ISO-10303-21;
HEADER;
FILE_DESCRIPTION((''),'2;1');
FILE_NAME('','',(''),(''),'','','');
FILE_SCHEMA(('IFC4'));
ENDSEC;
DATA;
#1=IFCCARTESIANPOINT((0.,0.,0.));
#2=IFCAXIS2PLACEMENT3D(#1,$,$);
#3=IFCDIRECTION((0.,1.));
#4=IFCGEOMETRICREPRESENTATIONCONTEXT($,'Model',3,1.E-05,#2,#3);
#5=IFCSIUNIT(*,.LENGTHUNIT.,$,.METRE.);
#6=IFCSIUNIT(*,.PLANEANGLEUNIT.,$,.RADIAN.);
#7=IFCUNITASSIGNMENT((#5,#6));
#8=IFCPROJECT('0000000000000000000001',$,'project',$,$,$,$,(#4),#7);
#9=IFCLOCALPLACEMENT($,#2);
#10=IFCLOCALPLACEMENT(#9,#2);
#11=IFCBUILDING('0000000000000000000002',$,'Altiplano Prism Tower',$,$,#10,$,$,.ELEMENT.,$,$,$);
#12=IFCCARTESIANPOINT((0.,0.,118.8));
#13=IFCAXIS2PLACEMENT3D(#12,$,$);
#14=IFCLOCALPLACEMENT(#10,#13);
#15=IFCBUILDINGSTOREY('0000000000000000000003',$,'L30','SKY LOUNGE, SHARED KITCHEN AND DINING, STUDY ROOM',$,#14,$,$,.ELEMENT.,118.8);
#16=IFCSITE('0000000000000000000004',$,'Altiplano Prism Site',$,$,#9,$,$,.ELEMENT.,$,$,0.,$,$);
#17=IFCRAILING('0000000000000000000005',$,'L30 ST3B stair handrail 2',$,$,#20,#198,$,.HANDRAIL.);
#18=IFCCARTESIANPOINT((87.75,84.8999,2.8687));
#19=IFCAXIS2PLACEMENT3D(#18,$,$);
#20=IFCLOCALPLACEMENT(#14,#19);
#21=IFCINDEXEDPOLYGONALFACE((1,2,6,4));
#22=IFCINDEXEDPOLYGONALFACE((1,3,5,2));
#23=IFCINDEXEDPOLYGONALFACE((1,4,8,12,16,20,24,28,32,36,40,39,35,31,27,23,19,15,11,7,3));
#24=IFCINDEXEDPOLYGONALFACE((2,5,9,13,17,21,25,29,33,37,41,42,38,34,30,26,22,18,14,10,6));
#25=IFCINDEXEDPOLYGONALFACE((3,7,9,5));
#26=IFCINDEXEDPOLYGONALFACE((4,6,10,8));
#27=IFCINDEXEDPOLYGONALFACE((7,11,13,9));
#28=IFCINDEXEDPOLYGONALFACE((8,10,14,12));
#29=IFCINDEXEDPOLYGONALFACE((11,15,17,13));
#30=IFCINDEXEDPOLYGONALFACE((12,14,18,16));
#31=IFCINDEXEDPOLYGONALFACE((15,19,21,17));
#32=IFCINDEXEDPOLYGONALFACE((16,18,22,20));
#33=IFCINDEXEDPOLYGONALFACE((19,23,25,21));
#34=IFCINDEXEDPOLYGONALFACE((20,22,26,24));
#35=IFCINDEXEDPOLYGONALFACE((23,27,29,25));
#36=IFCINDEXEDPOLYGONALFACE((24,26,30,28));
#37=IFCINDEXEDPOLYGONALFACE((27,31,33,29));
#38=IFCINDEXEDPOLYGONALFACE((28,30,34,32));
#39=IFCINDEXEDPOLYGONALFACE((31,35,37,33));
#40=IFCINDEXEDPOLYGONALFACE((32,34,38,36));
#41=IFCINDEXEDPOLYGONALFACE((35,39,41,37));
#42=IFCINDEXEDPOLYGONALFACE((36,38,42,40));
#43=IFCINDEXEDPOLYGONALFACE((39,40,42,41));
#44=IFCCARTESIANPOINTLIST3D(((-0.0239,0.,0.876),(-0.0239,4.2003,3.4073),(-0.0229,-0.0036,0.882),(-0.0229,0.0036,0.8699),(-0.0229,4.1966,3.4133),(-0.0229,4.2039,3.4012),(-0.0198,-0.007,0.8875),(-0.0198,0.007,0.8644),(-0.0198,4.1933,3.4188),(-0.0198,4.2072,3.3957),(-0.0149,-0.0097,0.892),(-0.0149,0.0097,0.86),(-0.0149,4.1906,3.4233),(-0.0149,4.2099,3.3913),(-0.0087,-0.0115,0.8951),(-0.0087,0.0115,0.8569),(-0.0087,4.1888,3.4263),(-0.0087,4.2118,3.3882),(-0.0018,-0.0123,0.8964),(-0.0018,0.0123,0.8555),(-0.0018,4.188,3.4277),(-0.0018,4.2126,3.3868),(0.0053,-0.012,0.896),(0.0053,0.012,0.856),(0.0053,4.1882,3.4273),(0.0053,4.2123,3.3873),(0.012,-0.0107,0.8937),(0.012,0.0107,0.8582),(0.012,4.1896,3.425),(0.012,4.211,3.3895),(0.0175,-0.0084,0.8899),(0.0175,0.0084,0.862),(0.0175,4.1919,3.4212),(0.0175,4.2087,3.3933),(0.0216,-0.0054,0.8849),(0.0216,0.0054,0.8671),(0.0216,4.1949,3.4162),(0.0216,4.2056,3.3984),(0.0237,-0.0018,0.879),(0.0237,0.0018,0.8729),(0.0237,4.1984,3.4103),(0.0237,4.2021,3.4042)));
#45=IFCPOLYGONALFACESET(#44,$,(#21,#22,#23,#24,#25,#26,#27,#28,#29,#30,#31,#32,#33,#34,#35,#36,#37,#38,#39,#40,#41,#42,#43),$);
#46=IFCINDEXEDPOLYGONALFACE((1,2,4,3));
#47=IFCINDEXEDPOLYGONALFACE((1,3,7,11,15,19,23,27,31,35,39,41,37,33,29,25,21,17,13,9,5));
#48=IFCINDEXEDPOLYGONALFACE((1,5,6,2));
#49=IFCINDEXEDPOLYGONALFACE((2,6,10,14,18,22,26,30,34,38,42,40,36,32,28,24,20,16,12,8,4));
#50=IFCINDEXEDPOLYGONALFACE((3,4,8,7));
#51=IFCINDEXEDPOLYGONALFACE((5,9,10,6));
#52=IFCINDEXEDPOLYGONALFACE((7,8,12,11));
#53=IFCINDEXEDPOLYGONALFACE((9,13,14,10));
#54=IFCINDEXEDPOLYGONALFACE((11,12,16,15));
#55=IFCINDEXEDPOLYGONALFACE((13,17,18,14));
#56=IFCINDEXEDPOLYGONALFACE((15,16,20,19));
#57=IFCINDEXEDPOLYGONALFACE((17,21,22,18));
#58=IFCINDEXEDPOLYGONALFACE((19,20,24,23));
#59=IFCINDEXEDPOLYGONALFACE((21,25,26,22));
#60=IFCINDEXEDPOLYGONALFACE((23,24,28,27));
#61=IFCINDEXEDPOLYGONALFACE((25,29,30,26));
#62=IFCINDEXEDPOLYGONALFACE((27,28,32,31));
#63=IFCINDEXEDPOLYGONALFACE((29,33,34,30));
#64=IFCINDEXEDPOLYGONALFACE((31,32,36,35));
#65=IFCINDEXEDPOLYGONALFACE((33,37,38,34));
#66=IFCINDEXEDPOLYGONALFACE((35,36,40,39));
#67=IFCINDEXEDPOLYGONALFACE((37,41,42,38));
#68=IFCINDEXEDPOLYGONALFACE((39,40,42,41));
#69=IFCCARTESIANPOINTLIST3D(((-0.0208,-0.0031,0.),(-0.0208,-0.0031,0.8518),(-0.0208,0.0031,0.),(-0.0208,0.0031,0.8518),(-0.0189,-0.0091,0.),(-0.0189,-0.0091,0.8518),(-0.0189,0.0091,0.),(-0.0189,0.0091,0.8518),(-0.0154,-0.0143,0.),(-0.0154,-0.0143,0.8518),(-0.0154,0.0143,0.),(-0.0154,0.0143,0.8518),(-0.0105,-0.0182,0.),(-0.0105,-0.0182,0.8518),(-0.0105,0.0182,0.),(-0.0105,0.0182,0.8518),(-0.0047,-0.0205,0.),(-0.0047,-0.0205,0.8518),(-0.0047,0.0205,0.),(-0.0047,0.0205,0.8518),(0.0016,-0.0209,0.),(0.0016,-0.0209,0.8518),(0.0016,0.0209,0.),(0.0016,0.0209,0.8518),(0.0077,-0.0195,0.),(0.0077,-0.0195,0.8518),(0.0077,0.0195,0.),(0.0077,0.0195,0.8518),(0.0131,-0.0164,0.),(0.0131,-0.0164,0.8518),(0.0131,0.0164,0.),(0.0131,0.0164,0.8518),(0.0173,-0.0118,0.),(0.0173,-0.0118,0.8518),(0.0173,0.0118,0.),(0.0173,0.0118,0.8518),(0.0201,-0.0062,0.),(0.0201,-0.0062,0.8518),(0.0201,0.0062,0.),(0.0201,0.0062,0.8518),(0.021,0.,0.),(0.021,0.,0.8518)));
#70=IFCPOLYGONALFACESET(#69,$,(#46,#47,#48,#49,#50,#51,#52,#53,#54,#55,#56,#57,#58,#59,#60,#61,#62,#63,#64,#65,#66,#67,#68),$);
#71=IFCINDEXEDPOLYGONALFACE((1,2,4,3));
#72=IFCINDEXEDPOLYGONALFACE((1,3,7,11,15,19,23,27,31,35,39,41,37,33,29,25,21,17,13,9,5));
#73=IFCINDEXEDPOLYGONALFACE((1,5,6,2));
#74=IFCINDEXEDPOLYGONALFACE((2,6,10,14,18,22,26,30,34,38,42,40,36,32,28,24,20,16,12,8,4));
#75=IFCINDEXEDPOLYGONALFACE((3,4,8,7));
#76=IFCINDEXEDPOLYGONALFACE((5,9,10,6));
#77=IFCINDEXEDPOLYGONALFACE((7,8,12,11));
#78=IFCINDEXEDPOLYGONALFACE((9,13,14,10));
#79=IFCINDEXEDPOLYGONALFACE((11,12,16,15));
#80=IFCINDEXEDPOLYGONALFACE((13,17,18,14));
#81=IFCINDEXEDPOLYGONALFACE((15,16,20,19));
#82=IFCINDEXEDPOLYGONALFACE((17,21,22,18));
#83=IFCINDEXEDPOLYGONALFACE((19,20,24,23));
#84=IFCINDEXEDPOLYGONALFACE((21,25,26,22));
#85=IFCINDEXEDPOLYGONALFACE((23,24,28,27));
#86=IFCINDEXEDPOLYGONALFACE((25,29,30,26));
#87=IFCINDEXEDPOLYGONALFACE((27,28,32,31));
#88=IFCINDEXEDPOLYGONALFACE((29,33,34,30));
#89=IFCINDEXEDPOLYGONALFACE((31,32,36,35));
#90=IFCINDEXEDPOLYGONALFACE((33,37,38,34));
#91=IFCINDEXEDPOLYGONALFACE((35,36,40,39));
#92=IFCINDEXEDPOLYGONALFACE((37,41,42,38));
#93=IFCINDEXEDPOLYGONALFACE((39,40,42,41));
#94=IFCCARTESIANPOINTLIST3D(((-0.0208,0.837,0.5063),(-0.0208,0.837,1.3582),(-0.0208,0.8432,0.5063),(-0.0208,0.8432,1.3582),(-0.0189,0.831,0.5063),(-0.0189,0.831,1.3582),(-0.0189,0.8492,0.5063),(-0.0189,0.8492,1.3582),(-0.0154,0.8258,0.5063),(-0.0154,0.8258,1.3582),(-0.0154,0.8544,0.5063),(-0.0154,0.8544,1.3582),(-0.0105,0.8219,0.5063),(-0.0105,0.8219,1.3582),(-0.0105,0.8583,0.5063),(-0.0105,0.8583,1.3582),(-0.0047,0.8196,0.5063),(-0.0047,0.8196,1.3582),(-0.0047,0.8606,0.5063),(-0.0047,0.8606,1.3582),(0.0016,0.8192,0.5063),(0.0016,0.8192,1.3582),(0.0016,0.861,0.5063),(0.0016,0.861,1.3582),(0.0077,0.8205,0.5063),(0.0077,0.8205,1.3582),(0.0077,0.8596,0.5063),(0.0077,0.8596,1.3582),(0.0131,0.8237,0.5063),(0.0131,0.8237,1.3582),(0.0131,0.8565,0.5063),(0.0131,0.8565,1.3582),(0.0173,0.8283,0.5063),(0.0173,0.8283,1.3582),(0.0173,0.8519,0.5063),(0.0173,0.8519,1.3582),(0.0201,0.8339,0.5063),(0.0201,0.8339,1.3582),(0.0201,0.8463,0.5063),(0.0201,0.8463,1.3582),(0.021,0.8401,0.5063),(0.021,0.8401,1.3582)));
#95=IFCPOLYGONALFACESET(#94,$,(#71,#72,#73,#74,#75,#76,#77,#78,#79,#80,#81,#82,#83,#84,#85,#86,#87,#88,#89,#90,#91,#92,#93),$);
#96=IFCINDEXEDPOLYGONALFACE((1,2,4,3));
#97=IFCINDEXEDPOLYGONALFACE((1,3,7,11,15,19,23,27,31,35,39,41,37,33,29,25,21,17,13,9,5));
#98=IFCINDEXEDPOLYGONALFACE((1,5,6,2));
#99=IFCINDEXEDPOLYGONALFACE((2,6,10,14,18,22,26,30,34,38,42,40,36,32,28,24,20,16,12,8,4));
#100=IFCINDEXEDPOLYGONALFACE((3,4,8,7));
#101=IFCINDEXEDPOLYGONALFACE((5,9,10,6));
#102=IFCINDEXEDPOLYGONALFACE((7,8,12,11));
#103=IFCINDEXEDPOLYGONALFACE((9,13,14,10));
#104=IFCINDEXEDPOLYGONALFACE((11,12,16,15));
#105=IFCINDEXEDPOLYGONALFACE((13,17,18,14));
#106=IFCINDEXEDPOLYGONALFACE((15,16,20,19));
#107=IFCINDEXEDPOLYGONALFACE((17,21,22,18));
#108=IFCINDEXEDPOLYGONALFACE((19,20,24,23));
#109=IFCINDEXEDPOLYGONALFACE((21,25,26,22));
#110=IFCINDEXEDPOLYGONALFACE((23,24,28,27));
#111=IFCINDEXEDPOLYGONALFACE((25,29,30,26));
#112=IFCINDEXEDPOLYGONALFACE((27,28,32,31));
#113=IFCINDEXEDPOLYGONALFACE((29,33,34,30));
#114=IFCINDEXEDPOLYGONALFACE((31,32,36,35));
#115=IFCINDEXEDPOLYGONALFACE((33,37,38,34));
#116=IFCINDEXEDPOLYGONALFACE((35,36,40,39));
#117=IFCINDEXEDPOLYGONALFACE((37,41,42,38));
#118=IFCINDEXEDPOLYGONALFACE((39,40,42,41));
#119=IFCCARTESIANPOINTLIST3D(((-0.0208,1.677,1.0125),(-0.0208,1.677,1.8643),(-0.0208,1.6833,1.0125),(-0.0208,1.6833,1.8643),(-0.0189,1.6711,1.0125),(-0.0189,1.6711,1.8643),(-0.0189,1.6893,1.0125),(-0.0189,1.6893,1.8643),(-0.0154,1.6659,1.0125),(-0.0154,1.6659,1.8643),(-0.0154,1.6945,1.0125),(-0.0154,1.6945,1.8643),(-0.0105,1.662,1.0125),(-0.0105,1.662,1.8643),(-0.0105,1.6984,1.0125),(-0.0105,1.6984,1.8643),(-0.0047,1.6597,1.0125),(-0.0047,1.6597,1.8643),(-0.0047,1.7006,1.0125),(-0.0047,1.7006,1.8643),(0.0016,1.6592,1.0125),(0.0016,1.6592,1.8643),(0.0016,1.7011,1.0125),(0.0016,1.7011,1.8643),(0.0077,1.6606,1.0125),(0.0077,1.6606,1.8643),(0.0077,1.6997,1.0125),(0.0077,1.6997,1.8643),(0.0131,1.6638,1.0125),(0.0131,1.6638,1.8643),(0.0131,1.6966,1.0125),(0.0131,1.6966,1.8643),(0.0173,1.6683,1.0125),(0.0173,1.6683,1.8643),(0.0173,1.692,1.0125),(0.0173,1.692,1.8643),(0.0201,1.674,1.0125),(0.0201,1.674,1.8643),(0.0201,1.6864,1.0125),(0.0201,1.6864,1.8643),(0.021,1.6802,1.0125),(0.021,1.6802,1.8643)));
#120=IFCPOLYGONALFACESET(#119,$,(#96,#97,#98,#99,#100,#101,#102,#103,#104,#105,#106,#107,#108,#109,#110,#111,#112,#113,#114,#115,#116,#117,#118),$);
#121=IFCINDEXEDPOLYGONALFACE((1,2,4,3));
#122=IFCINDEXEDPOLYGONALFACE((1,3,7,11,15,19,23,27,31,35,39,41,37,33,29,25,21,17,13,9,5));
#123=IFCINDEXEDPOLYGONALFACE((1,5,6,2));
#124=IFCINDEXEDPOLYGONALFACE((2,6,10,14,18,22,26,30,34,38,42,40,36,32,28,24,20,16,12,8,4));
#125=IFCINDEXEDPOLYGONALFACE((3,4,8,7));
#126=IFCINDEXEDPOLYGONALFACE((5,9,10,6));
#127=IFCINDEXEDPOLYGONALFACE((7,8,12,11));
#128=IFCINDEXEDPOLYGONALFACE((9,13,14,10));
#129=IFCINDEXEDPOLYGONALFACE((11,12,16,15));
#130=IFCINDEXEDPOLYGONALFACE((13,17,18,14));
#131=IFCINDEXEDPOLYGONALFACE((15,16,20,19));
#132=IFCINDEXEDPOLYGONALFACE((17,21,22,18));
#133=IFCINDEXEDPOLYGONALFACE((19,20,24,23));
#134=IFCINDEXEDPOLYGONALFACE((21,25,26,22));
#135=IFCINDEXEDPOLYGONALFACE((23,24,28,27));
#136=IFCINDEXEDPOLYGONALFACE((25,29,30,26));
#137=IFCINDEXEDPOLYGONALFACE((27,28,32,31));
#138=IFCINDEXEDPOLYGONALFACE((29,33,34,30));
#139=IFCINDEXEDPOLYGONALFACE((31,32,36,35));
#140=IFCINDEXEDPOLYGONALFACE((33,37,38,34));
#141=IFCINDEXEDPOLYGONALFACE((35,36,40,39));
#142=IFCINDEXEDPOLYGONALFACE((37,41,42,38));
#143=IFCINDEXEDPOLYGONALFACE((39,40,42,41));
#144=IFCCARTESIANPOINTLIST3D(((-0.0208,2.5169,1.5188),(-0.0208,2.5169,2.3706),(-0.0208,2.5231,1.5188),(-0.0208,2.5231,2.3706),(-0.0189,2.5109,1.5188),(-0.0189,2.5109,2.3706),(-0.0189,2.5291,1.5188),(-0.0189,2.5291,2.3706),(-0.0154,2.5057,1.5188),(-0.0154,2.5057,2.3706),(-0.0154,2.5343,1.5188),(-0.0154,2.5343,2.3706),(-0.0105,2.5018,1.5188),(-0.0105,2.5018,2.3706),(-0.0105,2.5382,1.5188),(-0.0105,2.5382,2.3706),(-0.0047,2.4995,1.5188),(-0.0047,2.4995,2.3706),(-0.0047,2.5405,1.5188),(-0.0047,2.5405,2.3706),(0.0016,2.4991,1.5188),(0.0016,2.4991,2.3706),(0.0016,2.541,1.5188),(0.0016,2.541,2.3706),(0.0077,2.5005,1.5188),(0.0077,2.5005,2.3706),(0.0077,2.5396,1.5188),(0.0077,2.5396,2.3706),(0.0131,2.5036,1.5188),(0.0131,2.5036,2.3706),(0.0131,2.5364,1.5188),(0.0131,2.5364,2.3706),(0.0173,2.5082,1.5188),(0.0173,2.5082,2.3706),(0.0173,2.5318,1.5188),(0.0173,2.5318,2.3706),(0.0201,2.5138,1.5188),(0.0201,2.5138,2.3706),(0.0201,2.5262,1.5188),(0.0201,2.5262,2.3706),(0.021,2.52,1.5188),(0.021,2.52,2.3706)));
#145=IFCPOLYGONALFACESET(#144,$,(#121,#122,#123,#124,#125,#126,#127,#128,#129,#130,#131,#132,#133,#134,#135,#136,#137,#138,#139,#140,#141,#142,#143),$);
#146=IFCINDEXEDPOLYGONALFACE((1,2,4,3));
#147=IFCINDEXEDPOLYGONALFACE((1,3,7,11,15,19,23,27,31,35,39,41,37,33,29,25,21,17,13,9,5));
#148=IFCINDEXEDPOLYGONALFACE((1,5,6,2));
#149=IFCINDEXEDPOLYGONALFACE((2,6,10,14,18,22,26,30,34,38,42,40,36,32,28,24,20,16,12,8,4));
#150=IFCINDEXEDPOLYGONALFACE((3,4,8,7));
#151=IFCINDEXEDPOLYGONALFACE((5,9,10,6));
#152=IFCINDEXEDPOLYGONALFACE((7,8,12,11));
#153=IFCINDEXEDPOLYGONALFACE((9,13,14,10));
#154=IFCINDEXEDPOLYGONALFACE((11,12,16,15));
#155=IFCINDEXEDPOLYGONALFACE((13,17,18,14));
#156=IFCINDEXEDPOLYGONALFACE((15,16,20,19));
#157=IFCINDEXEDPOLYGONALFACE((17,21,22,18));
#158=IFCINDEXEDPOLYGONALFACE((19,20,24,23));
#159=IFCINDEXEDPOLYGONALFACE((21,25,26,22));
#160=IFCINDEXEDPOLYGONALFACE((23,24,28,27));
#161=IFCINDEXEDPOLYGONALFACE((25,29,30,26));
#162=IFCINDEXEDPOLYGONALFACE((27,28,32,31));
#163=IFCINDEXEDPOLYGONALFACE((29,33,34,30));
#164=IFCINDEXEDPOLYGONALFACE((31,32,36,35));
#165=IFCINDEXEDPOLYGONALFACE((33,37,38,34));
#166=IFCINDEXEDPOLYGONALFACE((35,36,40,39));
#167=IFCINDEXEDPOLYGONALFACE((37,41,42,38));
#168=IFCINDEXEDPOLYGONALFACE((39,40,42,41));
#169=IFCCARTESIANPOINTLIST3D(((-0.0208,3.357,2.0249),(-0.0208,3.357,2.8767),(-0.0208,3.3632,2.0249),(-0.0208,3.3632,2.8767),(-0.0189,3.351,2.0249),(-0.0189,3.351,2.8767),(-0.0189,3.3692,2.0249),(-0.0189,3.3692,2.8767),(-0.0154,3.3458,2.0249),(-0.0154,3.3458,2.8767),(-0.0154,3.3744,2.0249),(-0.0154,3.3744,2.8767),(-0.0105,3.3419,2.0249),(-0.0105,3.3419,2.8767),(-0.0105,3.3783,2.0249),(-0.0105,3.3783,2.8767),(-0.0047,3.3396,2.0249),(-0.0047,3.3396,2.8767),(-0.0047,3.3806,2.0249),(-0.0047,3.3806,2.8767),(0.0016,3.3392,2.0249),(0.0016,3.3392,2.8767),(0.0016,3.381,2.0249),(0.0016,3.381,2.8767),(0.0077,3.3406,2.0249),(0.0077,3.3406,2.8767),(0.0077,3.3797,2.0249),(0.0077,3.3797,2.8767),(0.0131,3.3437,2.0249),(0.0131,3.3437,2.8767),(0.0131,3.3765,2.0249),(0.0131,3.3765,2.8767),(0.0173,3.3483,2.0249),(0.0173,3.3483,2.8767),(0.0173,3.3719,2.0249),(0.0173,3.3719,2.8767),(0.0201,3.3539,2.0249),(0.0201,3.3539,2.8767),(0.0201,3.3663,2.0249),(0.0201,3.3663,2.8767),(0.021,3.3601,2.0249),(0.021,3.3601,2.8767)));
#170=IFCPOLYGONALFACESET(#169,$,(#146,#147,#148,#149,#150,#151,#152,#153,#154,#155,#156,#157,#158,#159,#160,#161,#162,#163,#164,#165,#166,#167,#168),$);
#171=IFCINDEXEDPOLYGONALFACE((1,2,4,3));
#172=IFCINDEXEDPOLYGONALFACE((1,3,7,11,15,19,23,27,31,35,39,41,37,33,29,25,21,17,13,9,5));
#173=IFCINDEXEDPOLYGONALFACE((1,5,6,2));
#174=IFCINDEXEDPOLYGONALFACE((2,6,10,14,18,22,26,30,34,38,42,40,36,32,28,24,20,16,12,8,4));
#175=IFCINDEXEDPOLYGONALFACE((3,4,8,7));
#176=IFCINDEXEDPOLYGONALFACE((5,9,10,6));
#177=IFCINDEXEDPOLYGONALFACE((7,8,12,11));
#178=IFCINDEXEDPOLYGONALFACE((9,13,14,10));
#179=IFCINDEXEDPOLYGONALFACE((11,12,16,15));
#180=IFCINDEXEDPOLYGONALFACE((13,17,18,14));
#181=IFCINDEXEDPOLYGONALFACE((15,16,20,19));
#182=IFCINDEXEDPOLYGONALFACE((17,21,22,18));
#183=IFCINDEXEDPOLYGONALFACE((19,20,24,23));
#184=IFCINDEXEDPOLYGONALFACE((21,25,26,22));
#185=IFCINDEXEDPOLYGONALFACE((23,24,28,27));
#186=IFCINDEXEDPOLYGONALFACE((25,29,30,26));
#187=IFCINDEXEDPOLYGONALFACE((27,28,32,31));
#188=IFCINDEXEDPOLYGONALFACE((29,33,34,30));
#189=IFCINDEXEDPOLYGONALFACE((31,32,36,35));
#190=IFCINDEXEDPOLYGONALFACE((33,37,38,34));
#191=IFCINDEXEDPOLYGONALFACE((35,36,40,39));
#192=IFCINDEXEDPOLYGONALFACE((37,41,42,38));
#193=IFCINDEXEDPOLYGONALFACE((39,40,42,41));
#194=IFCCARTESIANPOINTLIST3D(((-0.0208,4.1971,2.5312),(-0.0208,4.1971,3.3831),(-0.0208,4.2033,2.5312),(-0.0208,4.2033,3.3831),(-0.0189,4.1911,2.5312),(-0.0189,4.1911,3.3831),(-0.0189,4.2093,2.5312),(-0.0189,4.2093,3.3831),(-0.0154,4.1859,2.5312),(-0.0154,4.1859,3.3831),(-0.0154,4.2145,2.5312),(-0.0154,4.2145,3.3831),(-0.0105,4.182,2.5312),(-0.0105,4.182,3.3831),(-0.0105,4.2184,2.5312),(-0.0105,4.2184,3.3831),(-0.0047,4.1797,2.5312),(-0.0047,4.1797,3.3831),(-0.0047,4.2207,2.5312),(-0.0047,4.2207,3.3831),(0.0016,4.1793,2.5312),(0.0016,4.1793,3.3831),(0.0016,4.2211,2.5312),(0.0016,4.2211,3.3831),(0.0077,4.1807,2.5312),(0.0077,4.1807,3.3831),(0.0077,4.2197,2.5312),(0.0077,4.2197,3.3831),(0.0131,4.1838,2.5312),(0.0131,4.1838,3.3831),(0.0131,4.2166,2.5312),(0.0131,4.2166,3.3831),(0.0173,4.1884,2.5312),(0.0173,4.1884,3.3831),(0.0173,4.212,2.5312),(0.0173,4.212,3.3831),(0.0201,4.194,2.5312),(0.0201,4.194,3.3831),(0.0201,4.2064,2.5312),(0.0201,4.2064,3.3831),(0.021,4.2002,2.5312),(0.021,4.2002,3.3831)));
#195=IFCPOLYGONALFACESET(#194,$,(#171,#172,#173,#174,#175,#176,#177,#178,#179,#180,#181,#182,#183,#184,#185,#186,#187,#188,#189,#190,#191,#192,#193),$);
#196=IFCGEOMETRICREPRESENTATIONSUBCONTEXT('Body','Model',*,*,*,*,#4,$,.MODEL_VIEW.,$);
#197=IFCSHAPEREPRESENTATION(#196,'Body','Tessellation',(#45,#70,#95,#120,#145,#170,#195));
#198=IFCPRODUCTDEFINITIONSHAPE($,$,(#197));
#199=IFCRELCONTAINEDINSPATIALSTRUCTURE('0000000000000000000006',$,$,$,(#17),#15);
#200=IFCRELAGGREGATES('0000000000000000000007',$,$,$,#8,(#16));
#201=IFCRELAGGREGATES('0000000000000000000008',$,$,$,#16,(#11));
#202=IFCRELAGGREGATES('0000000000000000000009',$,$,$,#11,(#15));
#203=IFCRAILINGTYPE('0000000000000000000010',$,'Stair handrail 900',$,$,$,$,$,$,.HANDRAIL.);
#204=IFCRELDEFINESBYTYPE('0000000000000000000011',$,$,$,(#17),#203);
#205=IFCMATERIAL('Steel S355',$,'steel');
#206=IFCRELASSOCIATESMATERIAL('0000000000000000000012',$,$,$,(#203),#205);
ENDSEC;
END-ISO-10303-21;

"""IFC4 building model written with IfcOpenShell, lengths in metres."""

from ifc_helpers import new_model, si_unit, direction, frame, origin, origin_2d, place, context, subcontext, project, spatial, circle, extrude, material, type_object, element, save


model = new_model("IFC4")

# Units and contexts
model_context = context("Model", 3, precision=1e-05, world=origin(), true_north=direction((0.0, 1.0)))
body_context = subcontext(model_context, "Body", "Model", "MODEL_VIEW")
ifc_project = project(units=[si_unit("LENGTHUNIT", "METRE"), si_unit("PLANEANGLEUNIT", "RADIAN")], contexts=[model_context])

# Site, building, storey
site_placement = place(None, origin())
site = spatial("IfcSite", under=ifc_project, at=site_placement, Name="Altiplano Prism Site", CompositionType="ELEMENT", RefElevation=0.0)
building_placement = place(site_placement, origin())
building = spatial("IfcBuilding", under=site, at=building_placement, Name="Altiplano Prism Tower", CompositionType="ELEMENT")
storey_placement = place(building_placement, frame((0.0, 0.0, 118.8)))
storey = spatial("IfcBuildingStorey", under=building, at=storey_placement, Name="L30", Description="SKY LOUNGE, SHARED KITCHEN AND DINING, STUDY ROOM", CompositionType="ELEMENT", Elevation=118.8)

# Railing
ifc_material_1 = material(Name="Steel S355", Category="steel")
railing_type = type_object("IfcRailingType", Name="Stair handrail 900", PredefinedType="HANDRAIL", material=ifc_material_1)
railing_1_placement = place(storey_placement, frame((87.75, 84.8999, 2.8687)))
element("IfcRailing", 1, at=railing_1_placement, inside=storey, type_object=railing_type, Name="L30 ST3B stair handrail 2", PredefinedType="HANDRAIL", context=body_context, shape_type="SweptSolid", body=[
    extrude(circle(Radius=0.0239, at=origin_2d()), frame((0.0, 0.0, 0.876), z_axis=(0.0, 0.85649, 0.516164), x_axis=(-1.0, 0.0, 0.0)), (0.0, 0.0, 1.0), 4.9041),
    extrude(circle(Radius=0.021, at=origin_2d()), origin(), (0.0, 0.0, 1.0), 0.8518),
    extrude(circle(Radius=0.021, at=origin_2d()), frame((0.0, 0.8401, 0.5063)), (0.0, 0.0, 1.0), 0.8518),
    extrude(circle(Radius=0.021, at=origin_2d()), frame((0.0, 1.6802, 1.0125)), (0.0, 0.0, 1.0), 0.8518),
    extrude(circle(Radius=0.021, at=origin_2d()), frame((0.0, 2.52, 1.5188)), (0.0, 0.0, 1.0), 0.8518),
    extrude(circle(Radius=0.021, at=origin_2d()), frame((0.0, 3.3601, 2.0249)), (0.0, 0.0, 1.0), 0.8518),
    extrude(circle(Radius=0.021, at=origin_2d()), frame((0.0, 4.2002, 2.5312)), (0.0, 0.0, 1.0), 0.8518),
])

save(model, "model.ifc")
